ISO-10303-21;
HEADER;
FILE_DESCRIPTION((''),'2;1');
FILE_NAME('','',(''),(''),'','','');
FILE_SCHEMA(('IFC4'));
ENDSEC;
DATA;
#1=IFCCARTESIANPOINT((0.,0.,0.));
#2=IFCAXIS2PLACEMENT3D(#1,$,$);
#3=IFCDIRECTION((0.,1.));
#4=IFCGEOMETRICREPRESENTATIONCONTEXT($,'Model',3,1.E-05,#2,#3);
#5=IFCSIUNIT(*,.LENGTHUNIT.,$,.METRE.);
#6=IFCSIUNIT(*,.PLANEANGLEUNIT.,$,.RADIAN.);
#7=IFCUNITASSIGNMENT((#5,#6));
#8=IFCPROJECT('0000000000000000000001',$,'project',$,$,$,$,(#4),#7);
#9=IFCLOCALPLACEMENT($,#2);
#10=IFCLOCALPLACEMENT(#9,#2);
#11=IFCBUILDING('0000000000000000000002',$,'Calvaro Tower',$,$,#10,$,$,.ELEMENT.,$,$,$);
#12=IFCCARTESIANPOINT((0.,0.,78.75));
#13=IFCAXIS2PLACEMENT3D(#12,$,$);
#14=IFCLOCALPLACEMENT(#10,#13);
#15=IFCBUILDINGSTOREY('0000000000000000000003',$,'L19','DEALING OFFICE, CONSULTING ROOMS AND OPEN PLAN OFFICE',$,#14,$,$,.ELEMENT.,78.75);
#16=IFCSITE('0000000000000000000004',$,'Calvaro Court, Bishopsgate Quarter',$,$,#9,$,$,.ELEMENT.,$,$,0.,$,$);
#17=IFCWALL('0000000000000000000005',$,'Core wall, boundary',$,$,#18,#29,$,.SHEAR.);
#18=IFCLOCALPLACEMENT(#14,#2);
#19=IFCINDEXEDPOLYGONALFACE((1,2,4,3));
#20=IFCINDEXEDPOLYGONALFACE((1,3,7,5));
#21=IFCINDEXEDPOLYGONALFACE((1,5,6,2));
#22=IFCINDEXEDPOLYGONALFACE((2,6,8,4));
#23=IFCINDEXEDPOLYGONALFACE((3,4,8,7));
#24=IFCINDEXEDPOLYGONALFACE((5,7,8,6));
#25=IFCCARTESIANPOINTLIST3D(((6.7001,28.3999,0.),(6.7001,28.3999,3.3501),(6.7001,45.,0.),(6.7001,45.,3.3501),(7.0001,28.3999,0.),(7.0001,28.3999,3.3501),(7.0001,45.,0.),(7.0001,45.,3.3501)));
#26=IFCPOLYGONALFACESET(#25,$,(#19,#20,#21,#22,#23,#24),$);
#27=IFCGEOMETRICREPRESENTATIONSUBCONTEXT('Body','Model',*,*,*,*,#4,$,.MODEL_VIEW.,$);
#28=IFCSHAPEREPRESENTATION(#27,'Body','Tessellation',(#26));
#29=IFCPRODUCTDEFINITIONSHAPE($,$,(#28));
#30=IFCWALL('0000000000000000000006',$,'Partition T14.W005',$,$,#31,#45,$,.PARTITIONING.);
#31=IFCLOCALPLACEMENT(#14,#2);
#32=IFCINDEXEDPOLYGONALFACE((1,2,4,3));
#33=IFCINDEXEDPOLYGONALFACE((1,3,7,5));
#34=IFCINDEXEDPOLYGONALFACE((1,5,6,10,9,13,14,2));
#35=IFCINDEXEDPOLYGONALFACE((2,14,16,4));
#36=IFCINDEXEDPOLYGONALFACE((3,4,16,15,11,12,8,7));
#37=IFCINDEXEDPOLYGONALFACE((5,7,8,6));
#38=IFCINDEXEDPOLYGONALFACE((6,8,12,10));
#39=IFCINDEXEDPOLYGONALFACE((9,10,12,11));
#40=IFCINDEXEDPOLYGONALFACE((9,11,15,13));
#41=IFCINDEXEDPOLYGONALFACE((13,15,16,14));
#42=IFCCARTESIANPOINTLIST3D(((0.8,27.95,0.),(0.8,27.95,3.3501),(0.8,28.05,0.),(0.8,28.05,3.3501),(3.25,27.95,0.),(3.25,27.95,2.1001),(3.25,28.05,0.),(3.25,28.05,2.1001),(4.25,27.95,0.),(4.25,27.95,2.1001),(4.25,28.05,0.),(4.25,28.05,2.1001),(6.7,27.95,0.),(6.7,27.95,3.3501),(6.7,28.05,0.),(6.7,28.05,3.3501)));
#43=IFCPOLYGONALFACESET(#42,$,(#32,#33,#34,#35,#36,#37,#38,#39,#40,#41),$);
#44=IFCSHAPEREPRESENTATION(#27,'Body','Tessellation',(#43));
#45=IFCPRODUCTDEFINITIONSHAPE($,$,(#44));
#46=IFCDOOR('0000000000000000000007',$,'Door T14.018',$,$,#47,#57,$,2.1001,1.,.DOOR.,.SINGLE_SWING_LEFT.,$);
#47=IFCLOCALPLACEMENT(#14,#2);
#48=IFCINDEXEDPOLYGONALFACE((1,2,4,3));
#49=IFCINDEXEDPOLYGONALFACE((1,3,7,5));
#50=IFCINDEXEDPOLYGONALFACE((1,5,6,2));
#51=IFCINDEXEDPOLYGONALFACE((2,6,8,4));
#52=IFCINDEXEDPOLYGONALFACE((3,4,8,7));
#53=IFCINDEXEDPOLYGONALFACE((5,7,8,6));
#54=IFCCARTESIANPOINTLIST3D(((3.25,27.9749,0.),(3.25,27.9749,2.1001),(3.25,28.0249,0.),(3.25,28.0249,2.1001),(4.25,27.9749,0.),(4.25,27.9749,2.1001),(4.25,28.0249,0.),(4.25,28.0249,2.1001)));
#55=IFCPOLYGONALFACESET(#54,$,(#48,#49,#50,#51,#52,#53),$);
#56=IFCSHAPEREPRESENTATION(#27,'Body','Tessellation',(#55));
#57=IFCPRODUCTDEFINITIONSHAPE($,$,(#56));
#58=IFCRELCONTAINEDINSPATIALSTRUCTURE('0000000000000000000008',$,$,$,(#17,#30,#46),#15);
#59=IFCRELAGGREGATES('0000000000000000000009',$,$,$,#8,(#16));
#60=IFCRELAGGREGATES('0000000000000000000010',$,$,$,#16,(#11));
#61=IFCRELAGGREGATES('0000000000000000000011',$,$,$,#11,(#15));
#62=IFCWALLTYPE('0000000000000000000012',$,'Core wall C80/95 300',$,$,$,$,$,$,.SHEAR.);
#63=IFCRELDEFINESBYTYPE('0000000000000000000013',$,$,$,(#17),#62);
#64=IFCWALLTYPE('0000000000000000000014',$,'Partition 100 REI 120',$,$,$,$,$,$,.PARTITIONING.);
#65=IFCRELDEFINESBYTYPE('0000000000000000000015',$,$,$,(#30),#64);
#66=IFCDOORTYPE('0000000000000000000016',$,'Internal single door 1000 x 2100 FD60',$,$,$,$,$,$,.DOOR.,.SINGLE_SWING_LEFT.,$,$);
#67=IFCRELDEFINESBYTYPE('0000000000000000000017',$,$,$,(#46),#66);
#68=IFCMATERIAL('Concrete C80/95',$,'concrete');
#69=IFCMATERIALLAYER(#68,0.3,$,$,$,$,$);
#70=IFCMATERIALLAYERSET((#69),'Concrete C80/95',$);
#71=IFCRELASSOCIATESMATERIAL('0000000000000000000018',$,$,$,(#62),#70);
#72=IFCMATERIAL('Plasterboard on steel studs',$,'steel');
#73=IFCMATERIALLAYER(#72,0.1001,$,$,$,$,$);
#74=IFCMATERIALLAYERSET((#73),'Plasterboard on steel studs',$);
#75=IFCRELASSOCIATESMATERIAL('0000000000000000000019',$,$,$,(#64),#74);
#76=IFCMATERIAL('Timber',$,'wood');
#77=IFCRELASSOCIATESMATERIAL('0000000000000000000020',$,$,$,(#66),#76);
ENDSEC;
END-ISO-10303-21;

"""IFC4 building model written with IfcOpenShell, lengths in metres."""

from ifc_helpers import new_model, si_unit, direction, frame, frame_2d, origin, place, context, subcontext, project, spatial, rectangle, extrude, material, layer, layer_set, type_object, element, fill, save


model = new_model("IFC4")

# Units and contexts
model_context = context("Model", 3, precision=1e-05, world=origin(), true_north=direction((0.0, 1.0)))
body_context = subcontext(model_context, "Body", "Model", "MODEL_VIEW")
ifc_project = project(units=[si_unit("LENGTHUNIT", "METRE"), si_unit("PLANEANGLEUNIT", "RADIAN")], contexts=[model_context])

# Site, building, storey
site_placement = place(None, origin())
site = spatial("IfcSite", under=ifc_project, at=site_placement, Name="Calvaro Court, Bishopsgate Quarter", CompositionType="ELEMENT", RefElevation=0.0)
building_placement = place(site_placement, origin())
building = spatial("IfcBuilding", under=site, at=building_placement, Name="Calvaro Tower", CompositionType="ELEMENT")
storey_placement = place(building_placement, frame((0.0, 0.0, 78.75)))
storey = spatial("IfcBuildingStorey", under=building, at=storey_placement, Name="L19", Description="DEALING OFFICE, CONSULTING ROOMS AND OPEN PLAN OFFICE", CompositionType="ELEMENT", Elevation=78.75)

# Wall
ifc_material_1 = material(Name="Concrete C80/95", Category="concrete")
ifc_layer_1 = layer(ifc_material_1, 0.3)
ifc_layer_set_1 = layer_set([ifc_layer_1], Name="Concrete C80/95")
wall_type_1 = type_object("IfcWallType", Name="Core wall C80/95 300", PredefinedType="SHEAR", material=ifc_layer_set_1)
wall_1_placement = place(storey_placement, frame((6.8501, 28.3999, 0.0), z_axis=(0.0, 0.0, 1.0), x_axis=(0.0, 1.0, 0.0)))
element("IfcWall", 1, at=wall_1_placement, inside=storey, type_object=wall_type_1, Name="Core wall, boundary", PredefinedType="SHEAR", context=body_context, shape_type="SweptSolid", body=[
    extrude(rectangle(XDim=16.6001, YDim=0.3, at=frame_2d((8.3, 0.0))), origin(), (0.0, 0.0, 1.0), 3.3501),
])

# Wall, opening, door
ifc_material_2 = material(Name="Plasterboard on steel studs", Category="steel")
ifc_layer_2 = layer(ifc_material_2, 0.1001)
ifc_layer_set_2 = layer_set([ifc_layer_2], Name="Plasterboard on steel studs")
wall_type_2 = type_object("IfcWallType", Name="Partition 100 REI 120", PredefinedType="PARTITIONING", material=ifc_layer_set_2)
wall_2_placement = place(storey_placement, frame((0.8, 28.0, 0.0), z_axis=(0.0, 0.0, 1.0), x_axis=(1.0, 0.0, 0.0)))
wall_2 = element("IfcWall", 2, at=wall_2_placement, inside=storey, type_object=wall_type_2, Name="Partition T14.W005", PredefinedType="PARTITIONING", context=body_context, shape_type="SweptSolid", body=[
    extrude(rectangle(XDim=5.8999, YDim=0.1001, at=frame_2d((2.95, 0.0))), origin(), (0.0, 0.0, 1.0), 3.3501),
])
opening_1_placement = place(wall_2_placement, frame((2.45, 0.0, 0.0)))
opening_1 = element("IfcOpeningElement", 3, at=opening_1_placement, cuts=wall_2, PredefinedType="OPENING", context=body_context, shape_type="SweptSolid", body=[
    extrude(rectangle(XDim=1.0, YDim=2.1001, at=frame_2d((0.5, 1.05))), frame((0.0, 0.0601, 0.0), z_axis=(0.0, -1.0, 0.0), x_axis=(1.0, 0.0, 0.0)), (0.0, 0.0, 1.0), 0.1201),
])
ifc_material_3 = material(Name="Timber", Category="wood")
door_type_1 = type_object("IfcDoorType", Name="Internal single door 1000 x 2100 FD60", OperationType="SINGLE_SWING_LEFT", PredefinedType="DOOR", material=ifc_material_3)
door_1_placement = place(opening_1_placement, origin())
door_1 = element("IfcDoor", 4, at=door_1_placement, inside=storey, type_object=door_type_1, Name="Door T14.018", OperationType="SINGLE_SWING_LEFT", OverallHeight=2.1001, OverallWidth=1.0, PredefinedType="DOOR", context=body_context, shape_type="SweptSolid", body=[
    extrude(rectangle(XDim=1.0, YDim=2.1001, at=frame_2d((0.5, 1.05))), frame((0.0, 0.0249, 0.0), z_axis=(0.0, -1.0, 0.0), x_axis=(1.0, 0.0, 0.0)), (0.0, 0.0, 1.0), 0.05),
])
fill(opening_1, door_1)

save(model, "model.ifc")
